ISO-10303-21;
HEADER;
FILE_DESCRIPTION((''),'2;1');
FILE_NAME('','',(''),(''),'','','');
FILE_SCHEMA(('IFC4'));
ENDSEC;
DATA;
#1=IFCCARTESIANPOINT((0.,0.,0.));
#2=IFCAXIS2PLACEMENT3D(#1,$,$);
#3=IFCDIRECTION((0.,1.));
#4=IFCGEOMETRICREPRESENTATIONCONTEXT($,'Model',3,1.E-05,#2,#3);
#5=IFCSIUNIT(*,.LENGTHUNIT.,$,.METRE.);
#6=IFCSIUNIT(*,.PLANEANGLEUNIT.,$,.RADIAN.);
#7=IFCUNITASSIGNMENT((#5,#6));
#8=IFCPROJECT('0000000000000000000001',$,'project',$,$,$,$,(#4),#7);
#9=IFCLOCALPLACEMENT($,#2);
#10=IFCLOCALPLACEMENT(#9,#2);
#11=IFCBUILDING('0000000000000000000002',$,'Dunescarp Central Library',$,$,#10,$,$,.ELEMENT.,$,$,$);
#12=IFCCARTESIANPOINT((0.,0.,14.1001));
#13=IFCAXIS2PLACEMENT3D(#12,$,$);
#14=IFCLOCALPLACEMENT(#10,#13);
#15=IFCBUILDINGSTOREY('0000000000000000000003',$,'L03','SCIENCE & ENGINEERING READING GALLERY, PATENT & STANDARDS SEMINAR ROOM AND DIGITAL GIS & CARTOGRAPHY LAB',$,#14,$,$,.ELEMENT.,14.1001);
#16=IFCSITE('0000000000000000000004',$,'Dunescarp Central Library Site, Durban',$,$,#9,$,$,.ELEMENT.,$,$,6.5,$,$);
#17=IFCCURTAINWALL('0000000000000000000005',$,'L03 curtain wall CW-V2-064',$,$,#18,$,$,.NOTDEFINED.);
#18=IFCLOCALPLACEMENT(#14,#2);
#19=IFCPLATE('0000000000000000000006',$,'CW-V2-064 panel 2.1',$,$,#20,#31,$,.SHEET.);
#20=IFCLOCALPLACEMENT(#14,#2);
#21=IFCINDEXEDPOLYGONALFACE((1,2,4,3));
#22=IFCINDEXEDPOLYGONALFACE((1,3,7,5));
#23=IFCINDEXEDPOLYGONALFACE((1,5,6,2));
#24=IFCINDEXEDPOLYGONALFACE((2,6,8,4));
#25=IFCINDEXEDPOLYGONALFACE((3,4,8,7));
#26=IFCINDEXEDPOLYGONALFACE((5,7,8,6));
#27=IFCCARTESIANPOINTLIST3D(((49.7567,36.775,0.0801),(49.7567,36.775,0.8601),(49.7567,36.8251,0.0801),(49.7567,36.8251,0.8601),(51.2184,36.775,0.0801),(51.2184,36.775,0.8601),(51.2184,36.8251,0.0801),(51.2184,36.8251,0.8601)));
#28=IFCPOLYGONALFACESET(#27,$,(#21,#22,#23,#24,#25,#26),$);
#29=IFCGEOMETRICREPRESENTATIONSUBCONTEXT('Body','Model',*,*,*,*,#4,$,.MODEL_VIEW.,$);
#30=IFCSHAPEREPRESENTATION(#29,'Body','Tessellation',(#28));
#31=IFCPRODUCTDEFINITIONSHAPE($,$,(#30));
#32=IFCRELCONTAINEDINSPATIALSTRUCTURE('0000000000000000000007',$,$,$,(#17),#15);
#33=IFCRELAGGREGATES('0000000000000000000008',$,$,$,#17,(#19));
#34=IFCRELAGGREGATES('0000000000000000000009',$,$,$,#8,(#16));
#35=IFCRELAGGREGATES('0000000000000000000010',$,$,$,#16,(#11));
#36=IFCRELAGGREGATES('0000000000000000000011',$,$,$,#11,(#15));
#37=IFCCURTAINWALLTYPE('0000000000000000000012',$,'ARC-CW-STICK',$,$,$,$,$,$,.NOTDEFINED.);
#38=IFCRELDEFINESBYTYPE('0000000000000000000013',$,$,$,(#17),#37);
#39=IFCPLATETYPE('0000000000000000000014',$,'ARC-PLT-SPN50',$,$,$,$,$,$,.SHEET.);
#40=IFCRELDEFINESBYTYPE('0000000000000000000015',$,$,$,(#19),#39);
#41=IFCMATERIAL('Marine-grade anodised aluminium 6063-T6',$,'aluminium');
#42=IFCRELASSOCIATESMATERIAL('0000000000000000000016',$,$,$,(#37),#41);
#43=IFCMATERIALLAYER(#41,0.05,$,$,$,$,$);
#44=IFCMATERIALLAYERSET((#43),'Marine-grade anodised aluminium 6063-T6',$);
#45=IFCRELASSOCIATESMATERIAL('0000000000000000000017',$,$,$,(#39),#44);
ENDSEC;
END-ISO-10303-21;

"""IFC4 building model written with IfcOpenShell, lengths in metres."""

from ifc_helpers import new_model, si_unit, direction, frame, origin, origin_2d, place, context, subcontext, project, spatial, rectangle, extrude, material, layer, layer_set, type_object, element, aggregate, save


model = new_model("IFC4")

# Units and contexts
model_context = context("Model", 3, precision=1e-05, world=origin(), true_north=direction((0.0, 1.0)))
body_context = subcontext(model_context, "Body", "Model", "MODEL_VIEW")
ifc_project = project(units=[si_unit("LENGTHUNIT", "METRE"), si_unit("PLANEANGLEUNIT", "RADIAN")], contexts=[model_context])

# Site, building, storey
site_placement = place(None, origin())
site = spatial("IfcSite", under=ifc_project, at=site_placement, Name="Dunescarp Central Library Site, Durban", CompositionType="ELEMENT", RefElevation=6.5)
building_placement = place(site_placement, origin())
building = spatial("IfcBuilding", under=site, at=building_placement, Name="Dunescarp Central Library", CompositionType="ELEMENT")
storey_placement = place(building_placement, frame((0.0, 0.0, 14.1001)))
storey = spatial("IfcBuildingStorey", under=building, at=storey_placement, Name="L03", Description="SCIENCE & ENGINEERING READING GALLERY, PATENT & STANDARDS SEMINAR ROOM AND DIGITAL GIS & CARTOGRAPHY LAB", CompositionType="ELEMENT", Elevation=14.1001)

# Curtain wall
ifc_material_1 = material(Name="Marine-grade anodised aluminium 6063-T6", Category="aluminium")
curtain_wall_type = type_object("IfcCurtainWallType", Name="ARC-CW-STICK", PredefinedType="NOTDEFINED", material=ifc_material_1)
curtain_wall_placement = place(storey_placement, origin())
curtain_wall = element("IfcCurtainWall", 1, at=curtain_wall_placement, inside=storey, type_object=curtain_wall_type, Name="L03 curtain wall CW-V2-064", PredefinedType="NOTDEFINED")

# Plate
ifc_layer_1 = layer(ifc_material_1, 0.05)
ifc_layer_set_1 = layer_set([ifc_layer_1], Name="Marine-grade anodised aluminium 6063-T6")
plate_type_1 = type_object("IfcPlateType", Name="ARC-PLT-SPN50", PredefinedType="SHEET", material=ifc_layer_set_1)
plate_1_placement = place(storey_placement, frame((50.4875, 36.8, 0.0801), z_axis=(0.0, 0.0, 1.0), x_axis=(1.0, 0.0, 0.0)))
plate_1 = element("IfcPlate", 2, at=plate_1_placement, type_object=plate_type_1, Name="CW-V2-064 panel 2.1", PredefinedType="SHEET", context=body_context, shape_type="SweptSolid", body=[
    extrude(rectangle(XDim=1.4617, YDim=0.05, at=origin_2d()), origin(), (0.0, 0.0, 1.0), 0.78),
])
aggregate(curtain_wall, [plate_1])

save(model, "model.ifc")
